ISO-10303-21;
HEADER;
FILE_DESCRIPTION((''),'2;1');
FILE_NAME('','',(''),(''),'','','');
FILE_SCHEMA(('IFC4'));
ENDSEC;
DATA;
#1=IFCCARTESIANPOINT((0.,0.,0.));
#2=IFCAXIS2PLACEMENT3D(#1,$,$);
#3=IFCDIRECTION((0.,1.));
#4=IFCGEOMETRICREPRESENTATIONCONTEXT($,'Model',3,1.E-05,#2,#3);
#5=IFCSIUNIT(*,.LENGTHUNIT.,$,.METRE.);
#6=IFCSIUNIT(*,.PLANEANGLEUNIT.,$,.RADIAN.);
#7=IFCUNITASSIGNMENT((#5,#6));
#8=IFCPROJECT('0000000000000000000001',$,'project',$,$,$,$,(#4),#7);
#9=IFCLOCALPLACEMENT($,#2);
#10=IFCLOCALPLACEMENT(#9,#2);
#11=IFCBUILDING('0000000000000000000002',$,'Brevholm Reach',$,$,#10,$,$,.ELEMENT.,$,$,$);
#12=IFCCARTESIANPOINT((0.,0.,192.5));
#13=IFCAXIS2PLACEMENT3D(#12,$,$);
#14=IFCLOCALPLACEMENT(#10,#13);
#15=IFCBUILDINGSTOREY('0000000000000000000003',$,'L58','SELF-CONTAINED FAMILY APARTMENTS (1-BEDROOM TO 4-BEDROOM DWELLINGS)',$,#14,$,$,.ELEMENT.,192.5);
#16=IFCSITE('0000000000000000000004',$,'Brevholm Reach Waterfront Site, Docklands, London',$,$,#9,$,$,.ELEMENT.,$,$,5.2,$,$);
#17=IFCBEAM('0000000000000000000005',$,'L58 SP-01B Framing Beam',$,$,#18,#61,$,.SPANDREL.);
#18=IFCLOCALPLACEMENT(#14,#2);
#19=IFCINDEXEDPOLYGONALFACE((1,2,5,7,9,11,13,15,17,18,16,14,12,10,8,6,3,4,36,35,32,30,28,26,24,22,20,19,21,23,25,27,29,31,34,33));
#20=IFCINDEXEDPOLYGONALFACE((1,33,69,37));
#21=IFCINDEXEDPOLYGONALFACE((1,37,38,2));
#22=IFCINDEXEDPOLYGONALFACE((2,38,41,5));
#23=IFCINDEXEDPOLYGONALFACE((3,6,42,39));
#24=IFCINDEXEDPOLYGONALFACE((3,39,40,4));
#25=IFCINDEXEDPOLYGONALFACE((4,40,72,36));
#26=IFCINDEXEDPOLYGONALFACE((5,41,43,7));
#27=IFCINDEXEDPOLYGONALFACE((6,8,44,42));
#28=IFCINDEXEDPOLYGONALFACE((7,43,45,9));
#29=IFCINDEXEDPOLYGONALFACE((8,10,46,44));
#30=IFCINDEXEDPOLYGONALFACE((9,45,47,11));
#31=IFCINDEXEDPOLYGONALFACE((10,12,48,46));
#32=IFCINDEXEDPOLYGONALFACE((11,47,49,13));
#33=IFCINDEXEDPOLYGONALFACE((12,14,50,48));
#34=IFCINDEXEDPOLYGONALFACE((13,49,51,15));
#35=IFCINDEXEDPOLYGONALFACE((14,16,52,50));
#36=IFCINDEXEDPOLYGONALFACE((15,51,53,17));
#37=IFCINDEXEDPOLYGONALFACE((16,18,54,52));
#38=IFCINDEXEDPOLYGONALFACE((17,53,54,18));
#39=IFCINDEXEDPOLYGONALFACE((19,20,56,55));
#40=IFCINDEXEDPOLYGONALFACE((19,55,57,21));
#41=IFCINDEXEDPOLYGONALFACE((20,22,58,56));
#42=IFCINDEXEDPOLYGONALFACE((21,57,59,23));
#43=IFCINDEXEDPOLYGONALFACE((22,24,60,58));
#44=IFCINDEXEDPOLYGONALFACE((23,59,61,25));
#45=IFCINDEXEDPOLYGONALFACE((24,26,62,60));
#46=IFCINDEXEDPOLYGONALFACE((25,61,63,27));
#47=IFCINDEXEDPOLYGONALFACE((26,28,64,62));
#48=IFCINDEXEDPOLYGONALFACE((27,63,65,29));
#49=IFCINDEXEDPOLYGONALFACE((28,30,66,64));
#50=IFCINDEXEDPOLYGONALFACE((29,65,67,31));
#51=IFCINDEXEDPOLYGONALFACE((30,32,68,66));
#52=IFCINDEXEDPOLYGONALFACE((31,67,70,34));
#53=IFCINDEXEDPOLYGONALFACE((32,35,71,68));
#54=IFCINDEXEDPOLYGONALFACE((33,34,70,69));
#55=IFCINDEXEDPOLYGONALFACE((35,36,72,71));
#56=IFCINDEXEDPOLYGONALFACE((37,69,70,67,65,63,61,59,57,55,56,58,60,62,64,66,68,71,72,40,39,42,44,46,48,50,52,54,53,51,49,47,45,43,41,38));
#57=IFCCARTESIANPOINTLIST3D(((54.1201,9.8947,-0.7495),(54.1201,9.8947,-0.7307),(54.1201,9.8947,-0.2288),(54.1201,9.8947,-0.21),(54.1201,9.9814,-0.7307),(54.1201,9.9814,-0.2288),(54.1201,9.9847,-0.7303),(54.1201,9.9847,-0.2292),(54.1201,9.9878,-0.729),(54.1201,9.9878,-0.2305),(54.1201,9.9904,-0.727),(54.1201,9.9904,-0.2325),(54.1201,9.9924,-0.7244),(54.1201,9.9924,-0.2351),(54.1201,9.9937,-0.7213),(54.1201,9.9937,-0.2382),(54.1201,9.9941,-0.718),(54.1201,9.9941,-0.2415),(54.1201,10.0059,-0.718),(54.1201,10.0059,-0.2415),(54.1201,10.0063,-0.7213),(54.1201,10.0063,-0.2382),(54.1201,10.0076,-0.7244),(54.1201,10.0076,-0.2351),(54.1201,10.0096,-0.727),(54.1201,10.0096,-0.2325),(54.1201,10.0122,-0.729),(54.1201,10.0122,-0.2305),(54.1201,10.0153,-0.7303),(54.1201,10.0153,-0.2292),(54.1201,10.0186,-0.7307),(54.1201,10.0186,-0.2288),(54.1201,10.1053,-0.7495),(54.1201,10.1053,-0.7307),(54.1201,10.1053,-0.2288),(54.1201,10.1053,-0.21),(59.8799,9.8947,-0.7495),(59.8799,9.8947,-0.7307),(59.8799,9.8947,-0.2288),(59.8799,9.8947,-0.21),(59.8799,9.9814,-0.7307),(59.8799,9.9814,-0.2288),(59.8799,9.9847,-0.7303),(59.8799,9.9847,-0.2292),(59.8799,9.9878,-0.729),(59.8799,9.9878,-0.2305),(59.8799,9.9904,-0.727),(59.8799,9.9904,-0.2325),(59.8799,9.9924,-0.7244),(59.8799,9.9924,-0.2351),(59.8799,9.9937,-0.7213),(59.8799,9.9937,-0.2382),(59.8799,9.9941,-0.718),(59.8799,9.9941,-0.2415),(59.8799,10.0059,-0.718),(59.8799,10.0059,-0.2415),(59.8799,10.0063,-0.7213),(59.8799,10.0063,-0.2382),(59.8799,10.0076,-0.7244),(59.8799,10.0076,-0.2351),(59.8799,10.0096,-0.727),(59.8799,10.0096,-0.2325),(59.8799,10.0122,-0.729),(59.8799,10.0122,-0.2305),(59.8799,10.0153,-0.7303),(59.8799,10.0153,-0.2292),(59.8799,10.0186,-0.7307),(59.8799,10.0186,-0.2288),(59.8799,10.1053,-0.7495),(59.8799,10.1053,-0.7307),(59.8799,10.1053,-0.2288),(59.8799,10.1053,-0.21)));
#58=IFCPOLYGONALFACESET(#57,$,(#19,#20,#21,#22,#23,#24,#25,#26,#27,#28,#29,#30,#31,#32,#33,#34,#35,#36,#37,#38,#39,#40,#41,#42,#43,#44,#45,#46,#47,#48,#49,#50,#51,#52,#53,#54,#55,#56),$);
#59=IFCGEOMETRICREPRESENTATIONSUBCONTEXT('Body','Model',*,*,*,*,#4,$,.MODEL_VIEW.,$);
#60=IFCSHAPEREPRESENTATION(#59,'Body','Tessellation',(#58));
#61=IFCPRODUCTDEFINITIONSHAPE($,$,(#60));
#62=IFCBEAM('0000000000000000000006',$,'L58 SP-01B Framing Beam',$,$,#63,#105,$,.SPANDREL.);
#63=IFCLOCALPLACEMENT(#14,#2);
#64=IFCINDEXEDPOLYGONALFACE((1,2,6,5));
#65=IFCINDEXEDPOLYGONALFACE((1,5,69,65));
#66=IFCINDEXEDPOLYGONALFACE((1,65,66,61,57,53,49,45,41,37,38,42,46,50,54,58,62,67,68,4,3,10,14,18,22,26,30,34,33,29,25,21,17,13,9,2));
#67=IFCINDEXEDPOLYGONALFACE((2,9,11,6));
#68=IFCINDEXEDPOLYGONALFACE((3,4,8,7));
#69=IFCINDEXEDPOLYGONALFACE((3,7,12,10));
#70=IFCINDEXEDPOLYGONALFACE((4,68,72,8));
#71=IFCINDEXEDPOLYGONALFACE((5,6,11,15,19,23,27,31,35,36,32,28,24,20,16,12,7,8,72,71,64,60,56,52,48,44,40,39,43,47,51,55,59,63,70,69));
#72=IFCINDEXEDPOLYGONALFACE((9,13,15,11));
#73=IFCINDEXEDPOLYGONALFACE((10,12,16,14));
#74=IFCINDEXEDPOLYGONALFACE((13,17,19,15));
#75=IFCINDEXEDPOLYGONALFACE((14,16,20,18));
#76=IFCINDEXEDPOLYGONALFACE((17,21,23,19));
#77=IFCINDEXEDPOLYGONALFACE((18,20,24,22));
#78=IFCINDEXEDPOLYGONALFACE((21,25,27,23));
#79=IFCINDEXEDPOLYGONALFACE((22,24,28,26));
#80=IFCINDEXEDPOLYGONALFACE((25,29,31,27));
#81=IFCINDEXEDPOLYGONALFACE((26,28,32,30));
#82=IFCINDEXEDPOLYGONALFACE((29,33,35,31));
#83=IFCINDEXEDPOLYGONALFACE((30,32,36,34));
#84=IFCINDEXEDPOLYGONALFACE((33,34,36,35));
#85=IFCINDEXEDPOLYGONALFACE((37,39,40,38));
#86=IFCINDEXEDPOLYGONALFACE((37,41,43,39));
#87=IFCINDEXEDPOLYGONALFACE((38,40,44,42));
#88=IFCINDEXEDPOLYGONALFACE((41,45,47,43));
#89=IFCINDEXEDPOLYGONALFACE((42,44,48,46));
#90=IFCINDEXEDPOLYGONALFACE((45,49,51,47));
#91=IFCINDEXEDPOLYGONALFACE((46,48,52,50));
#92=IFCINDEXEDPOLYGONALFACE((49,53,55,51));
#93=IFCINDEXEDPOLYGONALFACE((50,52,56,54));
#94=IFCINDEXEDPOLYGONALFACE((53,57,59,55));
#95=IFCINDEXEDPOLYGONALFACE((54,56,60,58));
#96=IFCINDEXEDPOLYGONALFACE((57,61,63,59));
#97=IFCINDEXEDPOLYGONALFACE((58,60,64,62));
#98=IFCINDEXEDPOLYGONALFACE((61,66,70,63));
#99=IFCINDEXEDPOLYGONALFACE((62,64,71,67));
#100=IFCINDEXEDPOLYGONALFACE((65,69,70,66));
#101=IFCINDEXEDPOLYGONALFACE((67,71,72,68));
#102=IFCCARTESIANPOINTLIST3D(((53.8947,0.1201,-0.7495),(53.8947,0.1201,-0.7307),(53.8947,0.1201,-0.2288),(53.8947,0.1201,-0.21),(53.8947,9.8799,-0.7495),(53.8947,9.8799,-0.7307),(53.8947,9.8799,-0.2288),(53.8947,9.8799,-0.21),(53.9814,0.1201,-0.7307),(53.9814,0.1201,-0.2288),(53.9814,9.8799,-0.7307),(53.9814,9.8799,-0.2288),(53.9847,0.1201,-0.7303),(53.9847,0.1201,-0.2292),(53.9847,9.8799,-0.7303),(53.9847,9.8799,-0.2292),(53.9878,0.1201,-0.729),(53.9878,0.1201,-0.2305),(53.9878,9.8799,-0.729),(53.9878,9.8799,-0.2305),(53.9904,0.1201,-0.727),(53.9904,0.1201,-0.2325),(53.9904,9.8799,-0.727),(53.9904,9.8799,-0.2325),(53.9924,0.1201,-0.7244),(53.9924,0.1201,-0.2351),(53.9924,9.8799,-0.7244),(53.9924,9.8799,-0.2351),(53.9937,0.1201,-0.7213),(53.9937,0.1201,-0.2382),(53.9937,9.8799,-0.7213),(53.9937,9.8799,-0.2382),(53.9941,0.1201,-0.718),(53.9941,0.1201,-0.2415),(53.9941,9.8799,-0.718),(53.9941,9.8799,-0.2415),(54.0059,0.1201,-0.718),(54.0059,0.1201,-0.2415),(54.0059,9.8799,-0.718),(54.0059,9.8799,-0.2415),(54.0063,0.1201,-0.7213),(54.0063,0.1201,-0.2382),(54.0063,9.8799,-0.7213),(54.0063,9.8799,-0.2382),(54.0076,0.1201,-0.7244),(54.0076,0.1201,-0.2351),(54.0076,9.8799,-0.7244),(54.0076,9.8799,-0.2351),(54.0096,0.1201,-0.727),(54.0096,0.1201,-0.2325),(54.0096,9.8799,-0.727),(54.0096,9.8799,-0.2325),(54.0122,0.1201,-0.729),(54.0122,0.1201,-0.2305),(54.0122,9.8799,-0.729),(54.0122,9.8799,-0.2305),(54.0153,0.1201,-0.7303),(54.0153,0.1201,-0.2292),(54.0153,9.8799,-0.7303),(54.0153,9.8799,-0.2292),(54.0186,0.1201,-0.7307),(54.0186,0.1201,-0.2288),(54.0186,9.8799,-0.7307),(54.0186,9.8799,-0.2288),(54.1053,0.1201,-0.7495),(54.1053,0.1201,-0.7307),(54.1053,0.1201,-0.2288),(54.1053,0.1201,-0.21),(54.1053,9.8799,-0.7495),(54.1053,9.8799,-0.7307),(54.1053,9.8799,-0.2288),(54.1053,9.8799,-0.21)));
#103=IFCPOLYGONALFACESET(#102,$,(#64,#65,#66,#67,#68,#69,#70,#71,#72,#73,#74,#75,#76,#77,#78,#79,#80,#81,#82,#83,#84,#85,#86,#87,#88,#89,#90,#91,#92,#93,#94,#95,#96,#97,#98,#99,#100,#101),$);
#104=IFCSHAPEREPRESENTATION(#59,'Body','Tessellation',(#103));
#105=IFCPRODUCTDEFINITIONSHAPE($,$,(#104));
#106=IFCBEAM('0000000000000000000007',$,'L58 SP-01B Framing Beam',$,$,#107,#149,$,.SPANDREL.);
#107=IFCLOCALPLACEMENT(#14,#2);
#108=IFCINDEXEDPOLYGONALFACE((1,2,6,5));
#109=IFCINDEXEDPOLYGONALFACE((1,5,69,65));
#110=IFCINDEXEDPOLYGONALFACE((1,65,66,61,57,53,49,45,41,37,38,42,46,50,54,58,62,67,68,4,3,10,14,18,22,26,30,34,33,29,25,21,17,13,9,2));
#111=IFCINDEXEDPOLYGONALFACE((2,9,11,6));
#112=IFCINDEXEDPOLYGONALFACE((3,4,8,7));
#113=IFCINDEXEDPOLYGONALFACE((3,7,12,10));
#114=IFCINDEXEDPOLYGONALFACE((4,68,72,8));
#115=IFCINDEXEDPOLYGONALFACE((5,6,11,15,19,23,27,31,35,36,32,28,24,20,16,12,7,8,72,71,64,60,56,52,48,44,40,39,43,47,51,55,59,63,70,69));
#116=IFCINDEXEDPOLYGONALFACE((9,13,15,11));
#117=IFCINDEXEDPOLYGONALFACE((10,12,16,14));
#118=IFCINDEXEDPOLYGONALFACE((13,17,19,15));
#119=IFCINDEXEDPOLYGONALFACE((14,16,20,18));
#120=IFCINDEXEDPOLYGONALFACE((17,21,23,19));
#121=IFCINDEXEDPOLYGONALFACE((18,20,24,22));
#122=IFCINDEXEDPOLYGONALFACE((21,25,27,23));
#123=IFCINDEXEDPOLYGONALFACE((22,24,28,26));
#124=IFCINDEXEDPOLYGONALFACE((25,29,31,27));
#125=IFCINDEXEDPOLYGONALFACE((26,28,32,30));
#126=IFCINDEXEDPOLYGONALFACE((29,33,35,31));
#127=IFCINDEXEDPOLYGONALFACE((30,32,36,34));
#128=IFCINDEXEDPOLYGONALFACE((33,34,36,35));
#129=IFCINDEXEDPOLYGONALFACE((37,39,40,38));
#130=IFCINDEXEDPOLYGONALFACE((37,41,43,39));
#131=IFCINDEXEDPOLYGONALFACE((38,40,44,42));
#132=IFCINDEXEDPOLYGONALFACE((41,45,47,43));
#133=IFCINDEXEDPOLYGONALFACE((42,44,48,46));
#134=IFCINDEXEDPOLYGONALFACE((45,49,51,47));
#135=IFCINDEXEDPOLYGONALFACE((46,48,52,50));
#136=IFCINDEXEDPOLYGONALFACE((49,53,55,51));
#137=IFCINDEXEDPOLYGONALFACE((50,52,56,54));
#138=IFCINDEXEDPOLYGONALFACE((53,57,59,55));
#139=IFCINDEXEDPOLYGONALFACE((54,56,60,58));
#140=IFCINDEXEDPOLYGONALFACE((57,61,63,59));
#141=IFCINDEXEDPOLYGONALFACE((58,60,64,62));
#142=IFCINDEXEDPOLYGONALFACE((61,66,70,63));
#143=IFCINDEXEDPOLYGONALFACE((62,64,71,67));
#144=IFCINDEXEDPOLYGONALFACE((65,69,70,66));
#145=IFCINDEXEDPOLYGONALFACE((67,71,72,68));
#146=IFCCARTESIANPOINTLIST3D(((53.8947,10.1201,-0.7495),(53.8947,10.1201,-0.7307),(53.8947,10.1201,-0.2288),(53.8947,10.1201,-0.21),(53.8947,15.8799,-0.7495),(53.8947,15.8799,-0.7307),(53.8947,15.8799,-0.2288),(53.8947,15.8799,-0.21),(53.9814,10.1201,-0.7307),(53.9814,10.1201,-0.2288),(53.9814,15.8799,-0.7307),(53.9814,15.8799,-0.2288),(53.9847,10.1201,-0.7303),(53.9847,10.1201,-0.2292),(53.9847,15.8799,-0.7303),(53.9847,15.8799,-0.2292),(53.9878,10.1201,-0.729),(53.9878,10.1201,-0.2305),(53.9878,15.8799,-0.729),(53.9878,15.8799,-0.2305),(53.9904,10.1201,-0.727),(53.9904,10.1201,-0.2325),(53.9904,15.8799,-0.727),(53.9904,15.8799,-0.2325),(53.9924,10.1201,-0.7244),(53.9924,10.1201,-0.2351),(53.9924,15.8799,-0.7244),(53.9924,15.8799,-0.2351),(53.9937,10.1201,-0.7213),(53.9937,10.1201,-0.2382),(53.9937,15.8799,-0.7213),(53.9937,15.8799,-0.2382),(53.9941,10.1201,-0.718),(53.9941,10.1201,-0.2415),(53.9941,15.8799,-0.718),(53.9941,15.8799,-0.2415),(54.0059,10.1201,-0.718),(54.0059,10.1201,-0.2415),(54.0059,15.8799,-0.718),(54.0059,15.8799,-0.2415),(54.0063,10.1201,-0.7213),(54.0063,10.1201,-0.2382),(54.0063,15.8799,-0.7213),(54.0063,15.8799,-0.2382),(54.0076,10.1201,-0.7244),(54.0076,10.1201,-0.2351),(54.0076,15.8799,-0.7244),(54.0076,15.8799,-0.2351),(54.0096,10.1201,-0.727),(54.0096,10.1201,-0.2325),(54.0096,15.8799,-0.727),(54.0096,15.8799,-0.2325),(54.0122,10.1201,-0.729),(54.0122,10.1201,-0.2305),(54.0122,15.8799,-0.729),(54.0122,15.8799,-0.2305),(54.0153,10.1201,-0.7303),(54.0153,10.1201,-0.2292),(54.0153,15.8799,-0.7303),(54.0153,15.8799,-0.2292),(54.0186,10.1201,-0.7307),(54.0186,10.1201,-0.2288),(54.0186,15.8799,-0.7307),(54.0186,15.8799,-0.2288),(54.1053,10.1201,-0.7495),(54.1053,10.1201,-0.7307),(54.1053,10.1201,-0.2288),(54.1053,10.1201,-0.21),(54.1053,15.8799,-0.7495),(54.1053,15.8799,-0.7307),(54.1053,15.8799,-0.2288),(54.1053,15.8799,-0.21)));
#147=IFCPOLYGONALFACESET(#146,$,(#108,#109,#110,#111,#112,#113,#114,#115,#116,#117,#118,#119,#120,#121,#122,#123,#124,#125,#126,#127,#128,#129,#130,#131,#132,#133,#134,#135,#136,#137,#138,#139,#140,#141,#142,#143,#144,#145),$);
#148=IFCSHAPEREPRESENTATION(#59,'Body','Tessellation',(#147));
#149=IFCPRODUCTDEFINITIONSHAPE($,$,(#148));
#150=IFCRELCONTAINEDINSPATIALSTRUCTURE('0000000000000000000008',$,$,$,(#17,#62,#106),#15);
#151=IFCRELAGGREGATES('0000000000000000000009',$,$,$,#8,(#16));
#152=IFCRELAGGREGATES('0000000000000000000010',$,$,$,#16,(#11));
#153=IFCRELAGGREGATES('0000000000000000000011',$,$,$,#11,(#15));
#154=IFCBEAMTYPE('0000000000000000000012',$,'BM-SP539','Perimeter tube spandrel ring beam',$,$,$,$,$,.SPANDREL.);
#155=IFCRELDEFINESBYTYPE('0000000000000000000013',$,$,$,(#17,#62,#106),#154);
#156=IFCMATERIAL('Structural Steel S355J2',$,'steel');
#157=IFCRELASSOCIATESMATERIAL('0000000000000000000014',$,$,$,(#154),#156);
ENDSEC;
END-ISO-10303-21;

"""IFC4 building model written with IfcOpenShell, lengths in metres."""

from ifc_helpers import new_model, si_unit, direction, frame, origin, origin_2d, place, context, subcontext, project, spatial, i_section, extrude, material, material_profile, profile_set, type_object, element, save


model = new_model("IFC4")

# Units and contexts
model_context = context("Model", 3, precision=1e-05, world=origin(), true_north=direction((0.0, 1.0)))
body_context = subcontext(model_context, "Body", "Model", "MODEL_VIEW")
ifc_project = project(units=[si_unit("LENGTHUNIT", "METRE"), si_unit("PLANEANGLEUNIT", "RADIAN")], contexts=[model_context])

# Site, building, storey
site_placement = place(None, origin())
site = spatial("IfcSite", under=ifc_project, at=site_placement, Name="Brevholm Reach Waterfront Site, Docklands, London", CompositionType="ELEMENT", RefElevation=5.2)
building_placement = place(site_placement, origin())
building = spatial("IfcBuilding", under=site, at=building_placement, Name="Brevholm Reach", CompositionType="ELEMENT")
storey_placement = place(building_placement, frame((0.0, 0.0, 192.5)))
storey = spatial("IfcBuildingStorey", under=building, at=storey_placement, Name="L58", Description="SELF-CONTAINED FAMILY APARTMENTS (1-BEDROOM TO 4-BEDROOM DWELLINGS)", CompositionType="ELEMENT", Elevation=192.5)

# Beams
ifc_material_1 = material(Name="Structural Steel S355J2", Category="steel")
ifc_material_profile_1 = material_profile(ifc_material_1, i_section(OverallWidth=0.2107, OverallDepth=0.5396, WebThickness=0.0117, FlangeThickness=0.0188, FilletRadius=0.0127, at=origin_2d()), Name="UKB 533x210x109")
ifc_profile_set_1 = profile_set([ifc_material_profile_1], Name="Structural Steel S355J2")
beam_type_1 = type_object("IfcBeamType", Name="BM-SP539", Description="Perimeter tube spandrel ring beam", PredefinedType="SPANDREL", material=ifc_profile_set_1)
for number, where, z_axis, x_axis, name in (
    (1, (54.1201, 10.0, -0.4797), (1.0, 0.0, 0.0), (0.0, 1.0, 0.0), "L58 SP-01B Framing Beam"),
):
    element("IfcBeam", number, at=place(storey_placement, frame(where, z_axis=z_axis, x_axis=x_axis)), inside=storey, type_object=beam_type_1, Name=name, PredefinedType="SPANDREL", context=body_context, shape_type="SweptSolid", body=[
        extrude(i_section(OverallWidth=0.2107, OverallDepth=0.5396, WebThickness=0.0117, FlangeThickness=0.0188, FilletRadius=0.0127, at=origin_2d()), origin(), (0.0, 0.0, 1.0), 5.7598),
    ])
beam_1_placement = place(storey_placement, frame((54.0, 0.1201, -0.4797), z_axis=(0.0, 1.0, 0.0), x_axis=(-1.0, 0.0, 0.0)))
element("IfcBeam", 2, at=beam_1_placement, inside=storey, type_object=beam_type_1, Name="L58 SP-01B Framing Beam", PredefinedType="SPANDREL", context=body_context, shape_type="SweptSolid", body=[
    extrude(i_section(OverallWidth=0.2107, OverallDepth=0.5396, WebThickness=0.0117, FlangeThickness=0.0188, FilletRadius=0.0127, at=origin_2d()), origin(), (0.0, 0.0, 1.0), 9.7598),
])
beam_2_placement = place(storey_placement, frame((54.0, 10.1201, -0.4797), z_axis=(0.0, 1.0, 0.0), x_axis=(-1.0, 0.0, 0.0)))
element("IfcBeam", 3, at=beam_2_placement, inside=storey, type_object=beam_type_1, Name="L58 SP-01B Framing Beam", PredefinedType="SPANDREL", context=body_context, shape_type="SweptSolid", body=[
    extrude(i_section(OverallWidth=0.2107, OverallDepth=0.5396, WebThickness=0.0117, FlangeThickness=0.0188, FilletRadius=0.0127, at=origin_2d()), origin(), (0.0, 0.0, 1.0), 5.7598),
])

save(model, "model.ifc")
